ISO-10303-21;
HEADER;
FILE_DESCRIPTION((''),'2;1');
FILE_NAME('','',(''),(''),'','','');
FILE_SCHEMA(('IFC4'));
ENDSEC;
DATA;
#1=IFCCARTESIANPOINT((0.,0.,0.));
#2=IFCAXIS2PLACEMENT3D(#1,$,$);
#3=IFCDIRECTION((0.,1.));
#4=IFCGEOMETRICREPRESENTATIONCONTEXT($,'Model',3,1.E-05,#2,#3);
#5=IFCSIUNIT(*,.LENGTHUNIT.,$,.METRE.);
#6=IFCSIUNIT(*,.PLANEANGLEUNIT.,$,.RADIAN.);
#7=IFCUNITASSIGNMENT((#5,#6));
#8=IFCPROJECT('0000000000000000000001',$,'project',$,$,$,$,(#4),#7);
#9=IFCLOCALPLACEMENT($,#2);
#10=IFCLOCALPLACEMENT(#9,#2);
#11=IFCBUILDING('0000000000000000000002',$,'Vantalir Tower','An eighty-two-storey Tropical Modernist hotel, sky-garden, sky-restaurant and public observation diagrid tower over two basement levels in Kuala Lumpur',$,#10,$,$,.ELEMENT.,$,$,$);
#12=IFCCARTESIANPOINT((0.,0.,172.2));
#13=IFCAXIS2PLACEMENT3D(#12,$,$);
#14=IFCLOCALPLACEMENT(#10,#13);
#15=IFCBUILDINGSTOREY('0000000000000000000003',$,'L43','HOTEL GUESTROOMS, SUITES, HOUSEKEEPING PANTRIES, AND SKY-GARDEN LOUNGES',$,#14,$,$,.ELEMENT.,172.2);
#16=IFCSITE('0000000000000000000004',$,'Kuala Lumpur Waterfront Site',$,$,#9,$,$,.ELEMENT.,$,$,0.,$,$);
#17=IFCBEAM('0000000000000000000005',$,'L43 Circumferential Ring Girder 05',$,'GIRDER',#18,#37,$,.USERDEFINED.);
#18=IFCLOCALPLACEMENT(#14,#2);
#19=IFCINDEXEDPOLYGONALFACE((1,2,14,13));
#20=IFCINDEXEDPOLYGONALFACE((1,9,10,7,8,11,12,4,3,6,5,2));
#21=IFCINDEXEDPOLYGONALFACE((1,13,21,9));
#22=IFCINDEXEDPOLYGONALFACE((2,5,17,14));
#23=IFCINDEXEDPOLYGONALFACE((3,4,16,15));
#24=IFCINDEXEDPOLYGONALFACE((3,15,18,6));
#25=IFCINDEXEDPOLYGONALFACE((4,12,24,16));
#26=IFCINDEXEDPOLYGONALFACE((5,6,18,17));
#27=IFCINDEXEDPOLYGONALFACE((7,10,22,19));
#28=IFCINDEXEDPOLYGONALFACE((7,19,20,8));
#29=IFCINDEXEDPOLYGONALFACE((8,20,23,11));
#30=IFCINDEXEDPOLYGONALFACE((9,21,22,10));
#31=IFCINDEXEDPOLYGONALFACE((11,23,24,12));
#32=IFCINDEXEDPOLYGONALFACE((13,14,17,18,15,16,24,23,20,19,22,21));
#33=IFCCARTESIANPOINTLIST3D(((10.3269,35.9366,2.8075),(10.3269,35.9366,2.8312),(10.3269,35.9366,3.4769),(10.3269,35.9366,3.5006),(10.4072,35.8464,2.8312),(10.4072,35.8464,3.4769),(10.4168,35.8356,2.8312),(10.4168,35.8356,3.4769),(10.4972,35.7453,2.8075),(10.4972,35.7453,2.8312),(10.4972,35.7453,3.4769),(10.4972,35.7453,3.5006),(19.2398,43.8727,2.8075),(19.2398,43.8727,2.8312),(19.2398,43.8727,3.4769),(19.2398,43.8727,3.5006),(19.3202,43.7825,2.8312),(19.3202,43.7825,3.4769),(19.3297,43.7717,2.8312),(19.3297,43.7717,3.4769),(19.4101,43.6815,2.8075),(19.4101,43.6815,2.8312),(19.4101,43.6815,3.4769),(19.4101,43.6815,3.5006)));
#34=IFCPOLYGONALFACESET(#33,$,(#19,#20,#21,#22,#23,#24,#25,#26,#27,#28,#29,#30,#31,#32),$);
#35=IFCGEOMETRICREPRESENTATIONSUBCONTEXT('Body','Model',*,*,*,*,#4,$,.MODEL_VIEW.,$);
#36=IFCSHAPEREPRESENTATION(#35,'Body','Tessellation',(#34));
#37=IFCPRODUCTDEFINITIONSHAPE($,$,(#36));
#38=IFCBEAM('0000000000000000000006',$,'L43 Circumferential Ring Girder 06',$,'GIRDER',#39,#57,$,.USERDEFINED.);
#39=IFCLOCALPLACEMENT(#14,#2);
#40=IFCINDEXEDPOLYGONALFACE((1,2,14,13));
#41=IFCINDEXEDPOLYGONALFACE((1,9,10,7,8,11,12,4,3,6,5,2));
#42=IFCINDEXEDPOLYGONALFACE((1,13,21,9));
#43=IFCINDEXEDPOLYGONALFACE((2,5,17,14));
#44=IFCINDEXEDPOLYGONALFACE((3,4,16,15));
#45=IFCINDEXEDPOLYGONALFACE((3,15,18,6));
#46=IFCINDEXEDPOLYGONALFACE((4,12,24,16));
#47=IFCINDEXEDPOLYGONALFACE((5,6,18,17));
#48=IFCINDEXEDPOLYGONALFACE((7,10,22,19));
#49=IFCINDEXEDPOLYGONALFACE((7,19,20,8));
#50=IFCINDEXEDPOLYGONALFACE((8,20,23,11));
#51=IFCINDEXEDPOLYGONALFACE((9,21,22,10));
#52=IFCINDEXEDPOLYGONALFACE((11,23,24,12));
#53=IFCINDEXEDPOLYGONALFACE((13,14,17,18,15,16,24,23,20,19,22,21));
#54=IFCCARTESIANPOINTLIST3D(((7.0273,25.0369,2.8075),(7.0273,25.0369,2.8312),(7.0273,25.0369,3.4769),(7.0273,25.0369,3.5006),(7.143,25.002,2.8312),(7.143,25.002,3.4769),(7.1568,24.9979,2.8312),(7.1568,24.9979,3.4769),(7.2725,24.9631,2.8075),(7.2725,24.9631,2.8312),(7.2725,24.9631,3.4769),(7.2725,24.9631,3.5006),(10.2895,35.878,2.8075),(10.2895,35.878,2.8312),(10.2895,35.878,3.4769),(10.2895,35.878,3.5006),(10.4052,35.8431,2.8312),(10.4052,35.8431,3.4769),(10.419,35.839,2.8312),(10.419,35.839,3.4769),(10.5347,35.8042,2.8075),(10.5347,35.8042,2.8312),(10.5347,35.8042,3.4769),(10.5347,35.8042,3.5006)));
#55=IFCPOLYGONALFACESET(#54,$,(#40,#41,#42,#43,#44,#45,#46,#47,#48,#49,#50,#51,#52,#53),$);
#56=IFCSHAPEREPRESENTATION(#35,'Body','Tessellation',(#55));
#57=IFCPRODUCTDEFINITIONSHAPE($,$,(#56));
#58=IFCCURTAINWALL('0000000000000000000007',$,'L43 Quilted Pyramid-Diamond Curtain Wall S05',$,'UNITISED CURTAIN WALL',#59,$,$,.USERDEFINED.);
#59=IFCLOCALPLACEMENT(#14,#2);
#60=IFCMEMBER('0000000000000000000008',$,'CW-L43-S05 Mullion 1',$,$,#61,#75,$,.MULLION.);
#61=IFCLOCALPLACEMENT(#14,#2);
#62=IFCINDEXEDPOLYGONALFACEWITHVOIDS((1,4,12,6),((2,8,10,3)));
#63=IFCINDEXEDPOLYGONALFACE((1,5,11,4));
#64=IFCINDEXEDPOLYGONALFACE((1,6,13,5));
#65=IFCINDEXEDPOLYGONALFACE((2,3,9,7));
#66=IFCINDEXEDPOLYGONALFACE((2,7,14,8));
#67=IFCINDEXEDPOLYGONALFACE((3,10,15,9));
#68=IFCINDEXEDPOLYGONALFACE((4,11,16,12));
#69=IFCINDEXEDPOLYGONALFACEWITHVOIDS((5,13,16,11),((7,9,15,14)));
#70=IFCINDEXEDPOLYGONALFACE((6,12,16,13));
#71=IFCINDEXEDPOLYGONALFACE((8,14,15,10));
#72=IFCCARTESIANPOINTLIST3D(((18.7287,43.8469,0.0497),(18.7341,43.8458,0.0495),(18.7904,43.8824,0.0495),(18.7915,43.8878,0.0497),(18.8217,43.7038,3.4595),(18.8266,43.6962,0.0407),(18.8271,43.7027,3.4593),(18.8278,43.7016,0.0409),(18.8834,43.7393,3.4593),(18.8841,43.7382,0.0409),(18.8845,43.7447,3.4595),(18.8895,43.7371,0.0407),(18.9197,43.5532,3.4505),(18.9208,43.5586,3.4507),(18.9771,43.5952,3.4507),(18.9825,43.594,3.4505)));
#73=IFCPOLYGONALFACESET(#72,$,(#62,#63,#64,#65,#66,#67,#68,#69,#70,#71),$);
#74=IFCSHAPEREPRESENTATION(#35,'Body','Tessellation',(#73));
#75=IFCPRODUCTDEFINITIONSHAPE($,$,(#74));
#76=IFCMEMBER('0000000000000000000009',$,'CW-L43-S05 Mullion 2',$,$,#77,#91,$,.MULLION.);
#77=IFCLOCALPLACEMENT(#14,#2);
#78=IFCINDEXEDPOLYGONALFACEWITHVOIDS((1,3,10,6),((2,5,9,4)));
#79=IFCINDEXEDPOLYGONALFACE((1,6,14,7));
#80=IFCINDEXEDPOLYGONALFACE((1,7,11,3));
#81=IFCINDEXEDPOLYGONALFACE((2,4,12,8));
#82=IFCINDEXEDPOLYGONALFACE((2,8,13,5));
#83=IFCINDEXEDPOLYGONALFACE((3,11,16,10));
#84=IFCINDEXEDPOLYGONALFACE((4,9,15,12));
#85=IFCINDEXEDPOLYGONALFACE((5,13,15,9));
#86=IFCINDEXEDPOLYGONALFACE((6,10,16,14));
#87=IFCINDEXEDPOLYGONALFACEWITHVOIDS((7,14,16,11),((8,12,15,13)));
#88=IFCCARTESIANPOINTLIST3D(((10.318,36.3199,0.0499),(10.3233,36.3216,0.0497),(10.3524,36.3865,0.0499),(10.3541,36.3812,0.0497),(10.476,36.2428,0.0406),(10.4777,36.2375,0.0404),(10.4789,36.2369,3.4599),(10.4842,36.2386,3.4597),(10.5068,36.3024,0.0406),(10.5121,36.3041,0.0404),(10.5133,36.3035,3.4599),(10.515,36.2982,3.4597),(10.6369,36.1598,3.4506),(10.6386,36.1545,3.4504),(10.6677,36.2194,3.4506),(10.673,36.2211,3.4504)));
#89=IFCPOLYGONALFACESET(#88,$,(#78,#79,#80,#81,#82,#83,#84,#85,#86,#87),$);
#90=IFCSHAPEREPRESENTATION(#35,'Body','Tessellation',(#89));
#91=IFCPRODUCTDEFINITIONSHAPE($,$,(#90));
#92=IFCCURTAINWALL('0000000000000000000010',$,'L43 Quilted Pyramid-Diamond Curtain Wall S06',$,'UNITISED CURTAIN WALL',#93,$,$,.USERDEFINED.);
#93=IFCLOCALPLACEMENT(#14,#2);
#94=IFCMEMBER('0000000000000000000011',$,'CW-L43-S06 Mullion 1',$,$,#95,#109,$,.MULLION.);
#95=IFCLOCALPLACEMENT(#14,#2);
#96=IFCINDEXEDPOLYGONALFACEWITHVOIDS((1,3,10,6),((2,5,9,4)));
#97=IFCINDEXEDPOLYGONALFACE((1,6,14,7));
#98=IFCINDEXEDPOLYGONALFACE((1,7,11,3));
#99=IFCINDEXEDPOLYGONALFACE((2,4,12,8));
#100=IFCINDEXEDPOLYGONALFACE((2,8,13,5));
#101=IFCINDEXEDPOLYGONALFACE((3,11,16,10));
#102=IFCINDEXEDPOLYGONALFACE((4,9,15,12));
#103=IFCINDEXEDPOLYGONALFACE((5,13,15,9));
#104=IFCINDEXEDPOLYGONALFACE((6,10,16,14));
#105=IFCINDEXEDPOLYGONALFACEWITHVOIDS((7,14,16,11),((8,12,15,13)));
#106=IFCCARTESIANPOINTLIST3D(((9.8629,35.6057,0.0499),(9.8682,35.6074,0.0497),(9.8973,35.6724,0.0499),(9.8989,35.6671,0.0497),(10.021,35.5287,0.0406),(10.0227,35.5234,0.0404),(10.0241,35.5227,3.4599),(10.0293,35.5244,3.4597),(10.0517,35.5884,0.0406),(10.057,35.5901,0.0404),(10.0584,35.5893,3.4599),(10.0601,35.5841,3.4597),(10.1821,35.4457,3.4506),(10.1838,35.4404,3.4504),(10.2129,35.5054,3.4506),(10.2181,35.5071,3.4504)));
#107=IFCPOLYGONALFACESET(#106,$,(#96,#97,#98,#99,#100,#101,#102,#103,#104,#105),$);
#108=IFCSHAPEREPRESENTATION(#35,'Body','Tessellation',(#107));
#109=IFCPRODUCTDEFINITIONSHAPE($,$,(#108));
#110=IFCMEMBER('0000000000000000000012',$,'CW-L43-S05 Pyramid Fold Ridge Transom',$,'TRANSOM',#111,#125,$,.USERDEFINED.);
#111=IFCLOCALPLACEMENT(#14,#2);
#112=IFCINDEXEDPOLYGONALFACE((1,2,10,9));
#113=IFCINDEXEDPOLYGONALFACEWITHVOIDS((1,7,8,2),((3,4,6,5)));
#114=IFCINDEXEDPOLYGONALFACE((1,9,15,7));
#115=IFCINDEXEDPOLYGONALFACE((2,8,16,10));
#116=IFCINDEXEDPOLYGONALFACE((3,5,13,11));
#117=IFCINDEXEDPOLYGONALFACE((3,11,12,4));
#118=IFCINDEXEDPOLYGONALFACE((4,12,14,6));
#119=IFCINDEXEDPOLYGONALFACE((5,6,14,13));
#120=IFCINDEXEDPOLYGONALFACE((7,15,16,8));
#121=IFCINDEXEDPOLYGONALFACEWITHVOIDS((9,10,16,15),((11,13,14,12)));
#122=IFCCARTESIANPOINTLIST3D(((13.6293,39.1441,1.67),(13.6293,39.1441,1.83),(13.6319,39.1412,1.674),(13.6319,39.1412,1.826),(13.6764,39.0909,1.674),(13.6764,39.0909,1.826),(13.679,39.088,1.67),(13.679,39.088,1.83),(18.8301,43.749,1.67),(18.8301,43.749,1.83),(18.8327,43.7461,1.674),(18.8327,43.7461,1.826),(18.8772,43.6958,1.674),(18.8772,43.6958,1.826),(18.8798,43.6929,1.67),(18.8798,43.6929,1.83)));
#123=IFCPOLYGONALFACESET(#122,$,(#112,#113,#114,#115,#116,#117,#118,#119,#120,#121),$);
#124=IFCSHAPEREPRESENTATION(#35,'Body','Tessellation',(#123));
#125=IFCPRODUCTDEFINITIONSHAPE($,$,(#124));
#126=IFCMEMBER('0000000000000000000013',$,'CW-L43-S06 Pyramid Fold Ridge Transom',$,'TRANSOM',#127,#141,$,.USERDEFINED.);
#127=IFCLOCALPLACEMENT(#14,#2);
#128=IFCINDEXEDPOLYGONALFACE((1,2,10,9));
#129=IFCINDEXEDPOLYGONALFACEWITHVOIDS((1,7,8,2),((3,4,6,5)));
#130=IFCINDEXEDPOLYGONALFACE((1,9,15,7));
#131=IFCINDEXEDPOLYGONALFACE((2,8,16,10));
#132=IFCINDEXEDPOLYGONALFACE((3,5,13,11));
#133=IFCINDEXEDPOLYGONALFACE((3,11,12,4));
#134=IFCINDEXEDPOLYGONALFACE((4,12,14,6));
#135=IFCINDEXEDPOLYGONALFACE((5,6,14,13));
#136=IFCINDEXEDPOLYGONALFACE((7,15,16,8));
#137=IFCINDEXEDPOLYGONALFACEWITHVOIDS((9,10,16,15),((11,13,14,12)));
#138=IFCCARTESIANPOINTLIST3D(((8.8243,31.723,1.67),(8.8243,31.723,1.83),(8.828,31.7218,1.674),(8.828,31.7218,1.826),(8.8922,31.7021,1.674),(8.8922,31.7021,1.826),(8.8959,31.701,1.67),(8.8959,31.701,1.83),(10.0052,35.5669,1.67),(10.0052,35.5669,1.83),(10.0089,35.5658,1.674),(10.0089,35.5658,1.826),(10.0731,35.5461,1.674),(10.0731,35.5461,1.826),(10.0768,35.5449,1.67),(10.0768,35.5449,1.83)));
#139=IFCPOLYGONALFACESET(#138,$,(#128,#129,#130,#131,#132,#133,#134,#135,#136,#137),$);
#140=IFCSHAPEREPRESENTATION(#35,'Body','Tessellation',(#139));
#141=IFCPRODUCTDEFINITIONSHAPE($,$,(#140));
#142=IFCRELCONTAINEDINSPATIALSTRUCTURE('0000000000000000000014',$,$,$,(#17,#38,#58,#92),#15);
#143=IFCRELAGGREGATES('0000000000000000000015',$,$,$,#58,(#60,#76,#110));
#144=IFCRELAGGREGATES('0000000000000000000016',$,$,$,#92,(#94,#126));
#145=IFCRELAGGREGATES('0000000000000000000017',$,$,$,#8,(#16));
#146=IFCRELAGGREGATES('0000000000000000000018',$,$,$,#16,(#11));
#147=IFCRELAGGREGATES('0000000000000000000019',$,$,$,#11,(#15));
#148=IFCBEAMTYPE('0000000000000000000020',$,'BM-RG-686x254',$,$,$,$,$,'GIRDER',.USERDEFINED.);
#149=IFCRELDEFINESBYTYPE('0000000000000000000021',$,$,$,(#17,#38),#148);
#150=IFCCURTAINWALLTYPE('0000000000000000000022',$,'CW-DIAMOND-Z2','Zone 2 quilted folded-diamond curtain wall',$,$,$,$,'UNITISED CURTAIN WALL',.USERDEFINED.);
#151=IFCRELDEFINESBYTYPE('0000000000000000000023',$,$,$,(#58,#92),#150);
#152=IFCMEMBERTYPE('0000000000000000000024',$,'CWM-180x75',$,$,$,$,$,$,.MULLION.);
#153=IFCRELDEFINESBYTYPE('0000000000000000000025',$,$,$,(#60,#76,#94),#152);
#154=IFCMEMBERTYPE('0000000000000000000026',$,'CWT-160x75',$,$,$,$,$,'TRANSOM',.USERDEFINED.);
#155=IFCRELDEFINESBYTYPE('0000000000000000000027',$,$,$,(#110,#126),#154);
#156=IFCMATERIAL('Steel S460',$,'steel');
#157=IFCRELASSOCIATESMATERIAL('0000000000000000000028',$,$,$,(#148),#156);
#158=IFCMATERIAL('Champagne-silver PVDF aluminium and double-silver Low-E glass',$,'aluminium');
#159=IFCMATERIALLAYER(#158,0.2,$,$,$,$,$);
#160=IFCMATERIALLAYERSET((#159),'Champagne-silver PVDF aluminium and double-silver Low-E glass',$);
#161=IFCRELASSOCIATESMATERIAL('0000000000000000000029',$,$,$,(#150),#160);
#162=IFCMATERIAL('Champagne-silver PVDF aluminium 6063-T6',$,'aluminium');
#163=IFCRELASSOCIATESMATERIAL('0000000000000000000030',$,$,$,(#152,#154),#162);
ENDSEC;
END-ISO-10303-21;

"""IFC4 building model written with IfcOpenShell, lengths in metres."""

from ifc_helpers import new_model, si_unit, direction, frame, origin, origin_2d, place, context, subcontext, project, spatial, hollow_rectangle, i_section, extrude, material, layer, layer_set, material_profile, profile_set, type_object, element, aggregate, save


model = new_model("IFC4")

# Units and contexts
model_context = context("Model", 3, precision=1e-05, world=origin(), true_north=direction((0.0, 1.0)))
body_context = subcontext(model_context, "Body", "Model", "MODEL_VIEW")
ifc_project = project(units=[si_unit("LENGTHUNIT", "METRE"), si_unit("PLANEANGLEUNIT", "RADIAN")], contexts=[model_context])

# Site, building, storey
site_placement = place(None, origin())
site = spatial("IfcSite", under=ifc_project, at=site_placement, Name="Kuala Lumpur Waterfront Site", CompositionType="ELEMENT", RefElevation=0.0)
building_placement = place(site_placement, origin())
building = spatial("IfcBuilding", under=site, at=building_placement, Name="Vantalir Tower", Description="An eighty-two-storey Tropical Modernist hotel, sky-garden, sky-restaurant and public observation diagrid tower over two basement levels in Kuala Lumpur", CompositionType="ELEMENT")
storey_placement = place(building_placement, frame((0.0, 0.0, 172.2)))
storey = spatial("IfcBuildingStorey", under=building, at=storey_placement, Name="L43", Description="HOTEL GUESTROOMS, SUITES, HOUSEKEEPING PANTRIES, AND SKY-GARDEN LOUNGES", CompositionType="ELEMENT", Elevation=172.2)

# Shared definitions
ifc_material_1 = material(Name="Steel S460", Category="steel")

# Beams
ifc_material_profile_1 = material_profile(ifc_material_1, i_section(OverallWidth=0.2561, OverallDepth=0.6931, WebThickness=0.0144, FlangeThickness=0.0237, at=origin_2d()), Name="Steel S460")
ifc_profile_set_1 = profile_set([ifc_material_profile_1], Name="Steel S460")
beam_type_1 = type_object("IfcBeamType", Name="BM-RG-686x254", ElementType="GIRDER", PredefinedType="USERDEFINED", material=ifc_profile_set_1)
beam_1_placement = place(storey_placement, frame((19.325, 43.7771, 3.1541), z_axis=(-0.746847, -0.664996, 0.0), x_axis=(0.664996, -0.746847, 0.0)))
element("IfcBeam", 1, at=beam_1_placement, inside=storey, type_object=beam_type_1, Name="L43 Circumferential Ring Girder 05", ObjectType="GIRDER", PredefinedType="USERDEFINED", context=body_context, shape_type="SweptSolid", body=[
    extrude(i_section(OverallWidth=0.2561, OverallDepth=0.6931, WebThickness=0.0144, FlangeThickness=0.0237, at=origin_2d()), origin(), (0.0, 0.0, 1.0), 11.9341),
])
beam_2_placement = place(storey_placement, frame((10.4121, 35.8411, 3.1541), z_axis=(-0.288149, -0.957586, 0.0), x_axis=(0.957586, -0.288149, 0.0)))
element("IfcBeam", 2, at=beam_2_placement, inside=storey, type_object=beam_type_1, Name="L43 Circumferential Ring Girder 06", ObjectType="GIRDER", PredefinedType="USERDEFINED", context=body_context, shape_type="SweptSolid", body=[
    extrude(i_section(OverallWidth=0.2561, OverallDepth=0.6931, WebThickness=0.0144, FlangeThickness=0.0237, at=origin_2d()), origin(), (0.0, 0.0, 1.0), 11.3213),
])

# Curtain wall, members
ifc_material_2 = material(Name="Champagne-silver PVDF aluminium and double-silver Low-E glass", Category="aluminium")
ifc_layer_1 = layer(ifc_material_2, 0.2)
ifc_layer_set_1 = layer_set([ifc_layer_1], Name="Champagne-silver PVDF aluminium and double-silver Low-E glass")
curtain_wall_type = type_object("IfcCurtainWallType", Name="CW-DIAMOND-Z2", Description="Zone 2 quilted folded-diamond curtain wall", ElementType="UNITISED CURTAIN WALL", PredefinedType="USERDEFINED", material=ifc_layer_set_1)
curtain_wall_1_placement = place(storey_placement, origin())
curtain_wall_1 = element("IfcCurtainWall", 3, at=curtain_wall_1_placement, inside=storey, type_object=curtain_wall_type, Name="L43 Quilted Pyramid-Diamond Curtain Wall S05", ObjectType="UNITISED CURTAIN WALL", PredefinedType="USERDEFINED")
ifc_material_3 = material(Name="Champagne-silver PVDF aluminium 6063-T6", Category="aluminium")
ifc_material_profile_2 = material_profile(ifc_material_3, hollow_rectangle(XDim=0.075, YDim=0.1799, WallThickness=0.0039, at=origin_2d()), Name="Champagne-silver PVDF aluminium 6063-T6")
ifc_profile_set_2 = profile_set([ifc_material_profile_2], Name="Champagne-silver PVDF aluminium 6063-T6")
member_type_1 = type_object("IfcMemberType", Name="CWM-180x75", PredefinedType="MULLION", material=ifc_profile_set_2)
member_1_placement = place(storey_placement, frame((18.8091, 43.792, 0.0452), z_axis=(0.027244, -0.041904, 0.99875), x_axis=(0.838378, 0.545089, 0.0)))
member_1 = element("IfcMember", 4, at=member_1_placement, type_object=member_type_1, Name="CW-L43-S05 Mullion 1", PredefinedType="MULLION", context=body_context, shape_type="SweptSolid", body=[
    extrude(hollow_rectangle(XDim=0.075, YDim=0.1799, WallThickness=0.0039, at=origin_2d()), origin(), (0.0, 0.0, 1.0), 3.4141),
])
member_2_placement = place(storey_placement, frame((10.415, 36.312, 0.0452), z_axis=(0.047116, -0.024309, 0.998594), x_axis=(0.458506, 0.888692, 0.0)))
member_2 = element("IfcMember", 5, at=member_2_placement, type_object=member_type_1, Name="CW-L43-S05 Mullion 2", PredefinedType="MULLION", context=body_context, shape_type="SweptSolid", body=[
    extrude(hollow_rectangle(XDim=0.075, YDim=0.1799, WallThickness=0.0039, at=origin_2d()), origin(), (0.0, 0.0, 1.0), 3.4148),
])

# Curtain wall, member
curtain_wall_2_placement = place(storey_placement, origin())
curtain_wall_2 = element("IfcCurtainWall", 6, at=curtain_wall_2_placement, inside=storey, type_object=curtain_wall_type, Name="L43 Quilted Pyramid-Diamond Curtain Wall S06", ObjectType="UNITISED CURTAIN WALL", PredefinedType="USERDEFINED")
member_3_placement = place(storey_placement, frame((9.96, 35.5979, 0.0452), z_axis=(0.047188, -0.024309, 0.99859), x_axis=(0.457957, 0.888975, 0.0)))
member_3 = element("IfcMember", 7, at=member_3_placement, type_object=member_type_1, Name="CW-L43-S06 Mullion 1", PredefinedType="MULLION", context=body_context, shape_type="SweptSolid", body=[
    extrude(hollow_rectangle(XDim=0.075, YDim=0.1799, WallThickness=0.0039, at=origin_2d()), origin(), (0.0, 0.0, 1.0), 3.4148),
])

# Members
ifc_material_profile_3 = material_profile(ifc_material_3, hollow_rectangle(XDim=0.075, YDim=0.1599, WallThickness=0.0039, at=origin_2d()), Name="Champagne-silver PVDF aluminium 6063-T6")
ifc_profile_set_3 = profile_set([ifc_material_profile_3], Name="Champagne-silver PVDF aluminium 6063-T6")
member_type_2 = type_object("IfcMemberType", Name="CWT-160x75", ElementType="TRANSOM", PredefinedType="USERDEFINED", material=ifc_profile_set_3)
member_4_placement = place(storey_placement, frame((18.855, 43.7209, 1.75), z_axis=(-0.748699, -0.66291, 0.0), x_axis=(0.66291, -0.748699, 0.0)))
member_4 = element("IfcMember", 8, at=member_4_placement, type_object=member_type_2, Name="CW-L43-S05 Pyramid Fold Ridge Transom", ObjectType="TRANSOM", PredefinedType="USERDEFINED", context=body_context, shape_type="SweptSolid", body=[
    extrude(hollow_rectangle(XDim=0.075, YDim=0.1599, WallThickness=0.0039, at=origin_2d()), origin(), (0.0, 0.0, 1.0), 6.9465),
])
member_5_placement = place(storey_placement, frame((10.041, 35.5559, 1.75), z_axis=(-0.293663, -0.955909, 0.0), x_axis=(0.955909, -0.293663, 0.0)))
member_5 = element("IfcMember", 9, at=member_5_placement, type_object=member_type_2, Name="CW-L43-S06 Pyramid Fold Ridge Transom", ObjectType="TRANSOM", PredefinedType="USERDEFINED", context=body_context, shape_type="SweptSolid", body=[
    extrude(hollow_rectangle(XDim=0.075, YDim=0.1599, WallThickness=0.0039, at=origin_2d()), origin(), (0.0, 0.0, 1.0), 4.0212),
])

aggregate(curtain_wall_1, [member_1, member_2, member_4])
aggregate(curtain_wall_2, [member_3, member_5])

save(model, "model.ifc")
